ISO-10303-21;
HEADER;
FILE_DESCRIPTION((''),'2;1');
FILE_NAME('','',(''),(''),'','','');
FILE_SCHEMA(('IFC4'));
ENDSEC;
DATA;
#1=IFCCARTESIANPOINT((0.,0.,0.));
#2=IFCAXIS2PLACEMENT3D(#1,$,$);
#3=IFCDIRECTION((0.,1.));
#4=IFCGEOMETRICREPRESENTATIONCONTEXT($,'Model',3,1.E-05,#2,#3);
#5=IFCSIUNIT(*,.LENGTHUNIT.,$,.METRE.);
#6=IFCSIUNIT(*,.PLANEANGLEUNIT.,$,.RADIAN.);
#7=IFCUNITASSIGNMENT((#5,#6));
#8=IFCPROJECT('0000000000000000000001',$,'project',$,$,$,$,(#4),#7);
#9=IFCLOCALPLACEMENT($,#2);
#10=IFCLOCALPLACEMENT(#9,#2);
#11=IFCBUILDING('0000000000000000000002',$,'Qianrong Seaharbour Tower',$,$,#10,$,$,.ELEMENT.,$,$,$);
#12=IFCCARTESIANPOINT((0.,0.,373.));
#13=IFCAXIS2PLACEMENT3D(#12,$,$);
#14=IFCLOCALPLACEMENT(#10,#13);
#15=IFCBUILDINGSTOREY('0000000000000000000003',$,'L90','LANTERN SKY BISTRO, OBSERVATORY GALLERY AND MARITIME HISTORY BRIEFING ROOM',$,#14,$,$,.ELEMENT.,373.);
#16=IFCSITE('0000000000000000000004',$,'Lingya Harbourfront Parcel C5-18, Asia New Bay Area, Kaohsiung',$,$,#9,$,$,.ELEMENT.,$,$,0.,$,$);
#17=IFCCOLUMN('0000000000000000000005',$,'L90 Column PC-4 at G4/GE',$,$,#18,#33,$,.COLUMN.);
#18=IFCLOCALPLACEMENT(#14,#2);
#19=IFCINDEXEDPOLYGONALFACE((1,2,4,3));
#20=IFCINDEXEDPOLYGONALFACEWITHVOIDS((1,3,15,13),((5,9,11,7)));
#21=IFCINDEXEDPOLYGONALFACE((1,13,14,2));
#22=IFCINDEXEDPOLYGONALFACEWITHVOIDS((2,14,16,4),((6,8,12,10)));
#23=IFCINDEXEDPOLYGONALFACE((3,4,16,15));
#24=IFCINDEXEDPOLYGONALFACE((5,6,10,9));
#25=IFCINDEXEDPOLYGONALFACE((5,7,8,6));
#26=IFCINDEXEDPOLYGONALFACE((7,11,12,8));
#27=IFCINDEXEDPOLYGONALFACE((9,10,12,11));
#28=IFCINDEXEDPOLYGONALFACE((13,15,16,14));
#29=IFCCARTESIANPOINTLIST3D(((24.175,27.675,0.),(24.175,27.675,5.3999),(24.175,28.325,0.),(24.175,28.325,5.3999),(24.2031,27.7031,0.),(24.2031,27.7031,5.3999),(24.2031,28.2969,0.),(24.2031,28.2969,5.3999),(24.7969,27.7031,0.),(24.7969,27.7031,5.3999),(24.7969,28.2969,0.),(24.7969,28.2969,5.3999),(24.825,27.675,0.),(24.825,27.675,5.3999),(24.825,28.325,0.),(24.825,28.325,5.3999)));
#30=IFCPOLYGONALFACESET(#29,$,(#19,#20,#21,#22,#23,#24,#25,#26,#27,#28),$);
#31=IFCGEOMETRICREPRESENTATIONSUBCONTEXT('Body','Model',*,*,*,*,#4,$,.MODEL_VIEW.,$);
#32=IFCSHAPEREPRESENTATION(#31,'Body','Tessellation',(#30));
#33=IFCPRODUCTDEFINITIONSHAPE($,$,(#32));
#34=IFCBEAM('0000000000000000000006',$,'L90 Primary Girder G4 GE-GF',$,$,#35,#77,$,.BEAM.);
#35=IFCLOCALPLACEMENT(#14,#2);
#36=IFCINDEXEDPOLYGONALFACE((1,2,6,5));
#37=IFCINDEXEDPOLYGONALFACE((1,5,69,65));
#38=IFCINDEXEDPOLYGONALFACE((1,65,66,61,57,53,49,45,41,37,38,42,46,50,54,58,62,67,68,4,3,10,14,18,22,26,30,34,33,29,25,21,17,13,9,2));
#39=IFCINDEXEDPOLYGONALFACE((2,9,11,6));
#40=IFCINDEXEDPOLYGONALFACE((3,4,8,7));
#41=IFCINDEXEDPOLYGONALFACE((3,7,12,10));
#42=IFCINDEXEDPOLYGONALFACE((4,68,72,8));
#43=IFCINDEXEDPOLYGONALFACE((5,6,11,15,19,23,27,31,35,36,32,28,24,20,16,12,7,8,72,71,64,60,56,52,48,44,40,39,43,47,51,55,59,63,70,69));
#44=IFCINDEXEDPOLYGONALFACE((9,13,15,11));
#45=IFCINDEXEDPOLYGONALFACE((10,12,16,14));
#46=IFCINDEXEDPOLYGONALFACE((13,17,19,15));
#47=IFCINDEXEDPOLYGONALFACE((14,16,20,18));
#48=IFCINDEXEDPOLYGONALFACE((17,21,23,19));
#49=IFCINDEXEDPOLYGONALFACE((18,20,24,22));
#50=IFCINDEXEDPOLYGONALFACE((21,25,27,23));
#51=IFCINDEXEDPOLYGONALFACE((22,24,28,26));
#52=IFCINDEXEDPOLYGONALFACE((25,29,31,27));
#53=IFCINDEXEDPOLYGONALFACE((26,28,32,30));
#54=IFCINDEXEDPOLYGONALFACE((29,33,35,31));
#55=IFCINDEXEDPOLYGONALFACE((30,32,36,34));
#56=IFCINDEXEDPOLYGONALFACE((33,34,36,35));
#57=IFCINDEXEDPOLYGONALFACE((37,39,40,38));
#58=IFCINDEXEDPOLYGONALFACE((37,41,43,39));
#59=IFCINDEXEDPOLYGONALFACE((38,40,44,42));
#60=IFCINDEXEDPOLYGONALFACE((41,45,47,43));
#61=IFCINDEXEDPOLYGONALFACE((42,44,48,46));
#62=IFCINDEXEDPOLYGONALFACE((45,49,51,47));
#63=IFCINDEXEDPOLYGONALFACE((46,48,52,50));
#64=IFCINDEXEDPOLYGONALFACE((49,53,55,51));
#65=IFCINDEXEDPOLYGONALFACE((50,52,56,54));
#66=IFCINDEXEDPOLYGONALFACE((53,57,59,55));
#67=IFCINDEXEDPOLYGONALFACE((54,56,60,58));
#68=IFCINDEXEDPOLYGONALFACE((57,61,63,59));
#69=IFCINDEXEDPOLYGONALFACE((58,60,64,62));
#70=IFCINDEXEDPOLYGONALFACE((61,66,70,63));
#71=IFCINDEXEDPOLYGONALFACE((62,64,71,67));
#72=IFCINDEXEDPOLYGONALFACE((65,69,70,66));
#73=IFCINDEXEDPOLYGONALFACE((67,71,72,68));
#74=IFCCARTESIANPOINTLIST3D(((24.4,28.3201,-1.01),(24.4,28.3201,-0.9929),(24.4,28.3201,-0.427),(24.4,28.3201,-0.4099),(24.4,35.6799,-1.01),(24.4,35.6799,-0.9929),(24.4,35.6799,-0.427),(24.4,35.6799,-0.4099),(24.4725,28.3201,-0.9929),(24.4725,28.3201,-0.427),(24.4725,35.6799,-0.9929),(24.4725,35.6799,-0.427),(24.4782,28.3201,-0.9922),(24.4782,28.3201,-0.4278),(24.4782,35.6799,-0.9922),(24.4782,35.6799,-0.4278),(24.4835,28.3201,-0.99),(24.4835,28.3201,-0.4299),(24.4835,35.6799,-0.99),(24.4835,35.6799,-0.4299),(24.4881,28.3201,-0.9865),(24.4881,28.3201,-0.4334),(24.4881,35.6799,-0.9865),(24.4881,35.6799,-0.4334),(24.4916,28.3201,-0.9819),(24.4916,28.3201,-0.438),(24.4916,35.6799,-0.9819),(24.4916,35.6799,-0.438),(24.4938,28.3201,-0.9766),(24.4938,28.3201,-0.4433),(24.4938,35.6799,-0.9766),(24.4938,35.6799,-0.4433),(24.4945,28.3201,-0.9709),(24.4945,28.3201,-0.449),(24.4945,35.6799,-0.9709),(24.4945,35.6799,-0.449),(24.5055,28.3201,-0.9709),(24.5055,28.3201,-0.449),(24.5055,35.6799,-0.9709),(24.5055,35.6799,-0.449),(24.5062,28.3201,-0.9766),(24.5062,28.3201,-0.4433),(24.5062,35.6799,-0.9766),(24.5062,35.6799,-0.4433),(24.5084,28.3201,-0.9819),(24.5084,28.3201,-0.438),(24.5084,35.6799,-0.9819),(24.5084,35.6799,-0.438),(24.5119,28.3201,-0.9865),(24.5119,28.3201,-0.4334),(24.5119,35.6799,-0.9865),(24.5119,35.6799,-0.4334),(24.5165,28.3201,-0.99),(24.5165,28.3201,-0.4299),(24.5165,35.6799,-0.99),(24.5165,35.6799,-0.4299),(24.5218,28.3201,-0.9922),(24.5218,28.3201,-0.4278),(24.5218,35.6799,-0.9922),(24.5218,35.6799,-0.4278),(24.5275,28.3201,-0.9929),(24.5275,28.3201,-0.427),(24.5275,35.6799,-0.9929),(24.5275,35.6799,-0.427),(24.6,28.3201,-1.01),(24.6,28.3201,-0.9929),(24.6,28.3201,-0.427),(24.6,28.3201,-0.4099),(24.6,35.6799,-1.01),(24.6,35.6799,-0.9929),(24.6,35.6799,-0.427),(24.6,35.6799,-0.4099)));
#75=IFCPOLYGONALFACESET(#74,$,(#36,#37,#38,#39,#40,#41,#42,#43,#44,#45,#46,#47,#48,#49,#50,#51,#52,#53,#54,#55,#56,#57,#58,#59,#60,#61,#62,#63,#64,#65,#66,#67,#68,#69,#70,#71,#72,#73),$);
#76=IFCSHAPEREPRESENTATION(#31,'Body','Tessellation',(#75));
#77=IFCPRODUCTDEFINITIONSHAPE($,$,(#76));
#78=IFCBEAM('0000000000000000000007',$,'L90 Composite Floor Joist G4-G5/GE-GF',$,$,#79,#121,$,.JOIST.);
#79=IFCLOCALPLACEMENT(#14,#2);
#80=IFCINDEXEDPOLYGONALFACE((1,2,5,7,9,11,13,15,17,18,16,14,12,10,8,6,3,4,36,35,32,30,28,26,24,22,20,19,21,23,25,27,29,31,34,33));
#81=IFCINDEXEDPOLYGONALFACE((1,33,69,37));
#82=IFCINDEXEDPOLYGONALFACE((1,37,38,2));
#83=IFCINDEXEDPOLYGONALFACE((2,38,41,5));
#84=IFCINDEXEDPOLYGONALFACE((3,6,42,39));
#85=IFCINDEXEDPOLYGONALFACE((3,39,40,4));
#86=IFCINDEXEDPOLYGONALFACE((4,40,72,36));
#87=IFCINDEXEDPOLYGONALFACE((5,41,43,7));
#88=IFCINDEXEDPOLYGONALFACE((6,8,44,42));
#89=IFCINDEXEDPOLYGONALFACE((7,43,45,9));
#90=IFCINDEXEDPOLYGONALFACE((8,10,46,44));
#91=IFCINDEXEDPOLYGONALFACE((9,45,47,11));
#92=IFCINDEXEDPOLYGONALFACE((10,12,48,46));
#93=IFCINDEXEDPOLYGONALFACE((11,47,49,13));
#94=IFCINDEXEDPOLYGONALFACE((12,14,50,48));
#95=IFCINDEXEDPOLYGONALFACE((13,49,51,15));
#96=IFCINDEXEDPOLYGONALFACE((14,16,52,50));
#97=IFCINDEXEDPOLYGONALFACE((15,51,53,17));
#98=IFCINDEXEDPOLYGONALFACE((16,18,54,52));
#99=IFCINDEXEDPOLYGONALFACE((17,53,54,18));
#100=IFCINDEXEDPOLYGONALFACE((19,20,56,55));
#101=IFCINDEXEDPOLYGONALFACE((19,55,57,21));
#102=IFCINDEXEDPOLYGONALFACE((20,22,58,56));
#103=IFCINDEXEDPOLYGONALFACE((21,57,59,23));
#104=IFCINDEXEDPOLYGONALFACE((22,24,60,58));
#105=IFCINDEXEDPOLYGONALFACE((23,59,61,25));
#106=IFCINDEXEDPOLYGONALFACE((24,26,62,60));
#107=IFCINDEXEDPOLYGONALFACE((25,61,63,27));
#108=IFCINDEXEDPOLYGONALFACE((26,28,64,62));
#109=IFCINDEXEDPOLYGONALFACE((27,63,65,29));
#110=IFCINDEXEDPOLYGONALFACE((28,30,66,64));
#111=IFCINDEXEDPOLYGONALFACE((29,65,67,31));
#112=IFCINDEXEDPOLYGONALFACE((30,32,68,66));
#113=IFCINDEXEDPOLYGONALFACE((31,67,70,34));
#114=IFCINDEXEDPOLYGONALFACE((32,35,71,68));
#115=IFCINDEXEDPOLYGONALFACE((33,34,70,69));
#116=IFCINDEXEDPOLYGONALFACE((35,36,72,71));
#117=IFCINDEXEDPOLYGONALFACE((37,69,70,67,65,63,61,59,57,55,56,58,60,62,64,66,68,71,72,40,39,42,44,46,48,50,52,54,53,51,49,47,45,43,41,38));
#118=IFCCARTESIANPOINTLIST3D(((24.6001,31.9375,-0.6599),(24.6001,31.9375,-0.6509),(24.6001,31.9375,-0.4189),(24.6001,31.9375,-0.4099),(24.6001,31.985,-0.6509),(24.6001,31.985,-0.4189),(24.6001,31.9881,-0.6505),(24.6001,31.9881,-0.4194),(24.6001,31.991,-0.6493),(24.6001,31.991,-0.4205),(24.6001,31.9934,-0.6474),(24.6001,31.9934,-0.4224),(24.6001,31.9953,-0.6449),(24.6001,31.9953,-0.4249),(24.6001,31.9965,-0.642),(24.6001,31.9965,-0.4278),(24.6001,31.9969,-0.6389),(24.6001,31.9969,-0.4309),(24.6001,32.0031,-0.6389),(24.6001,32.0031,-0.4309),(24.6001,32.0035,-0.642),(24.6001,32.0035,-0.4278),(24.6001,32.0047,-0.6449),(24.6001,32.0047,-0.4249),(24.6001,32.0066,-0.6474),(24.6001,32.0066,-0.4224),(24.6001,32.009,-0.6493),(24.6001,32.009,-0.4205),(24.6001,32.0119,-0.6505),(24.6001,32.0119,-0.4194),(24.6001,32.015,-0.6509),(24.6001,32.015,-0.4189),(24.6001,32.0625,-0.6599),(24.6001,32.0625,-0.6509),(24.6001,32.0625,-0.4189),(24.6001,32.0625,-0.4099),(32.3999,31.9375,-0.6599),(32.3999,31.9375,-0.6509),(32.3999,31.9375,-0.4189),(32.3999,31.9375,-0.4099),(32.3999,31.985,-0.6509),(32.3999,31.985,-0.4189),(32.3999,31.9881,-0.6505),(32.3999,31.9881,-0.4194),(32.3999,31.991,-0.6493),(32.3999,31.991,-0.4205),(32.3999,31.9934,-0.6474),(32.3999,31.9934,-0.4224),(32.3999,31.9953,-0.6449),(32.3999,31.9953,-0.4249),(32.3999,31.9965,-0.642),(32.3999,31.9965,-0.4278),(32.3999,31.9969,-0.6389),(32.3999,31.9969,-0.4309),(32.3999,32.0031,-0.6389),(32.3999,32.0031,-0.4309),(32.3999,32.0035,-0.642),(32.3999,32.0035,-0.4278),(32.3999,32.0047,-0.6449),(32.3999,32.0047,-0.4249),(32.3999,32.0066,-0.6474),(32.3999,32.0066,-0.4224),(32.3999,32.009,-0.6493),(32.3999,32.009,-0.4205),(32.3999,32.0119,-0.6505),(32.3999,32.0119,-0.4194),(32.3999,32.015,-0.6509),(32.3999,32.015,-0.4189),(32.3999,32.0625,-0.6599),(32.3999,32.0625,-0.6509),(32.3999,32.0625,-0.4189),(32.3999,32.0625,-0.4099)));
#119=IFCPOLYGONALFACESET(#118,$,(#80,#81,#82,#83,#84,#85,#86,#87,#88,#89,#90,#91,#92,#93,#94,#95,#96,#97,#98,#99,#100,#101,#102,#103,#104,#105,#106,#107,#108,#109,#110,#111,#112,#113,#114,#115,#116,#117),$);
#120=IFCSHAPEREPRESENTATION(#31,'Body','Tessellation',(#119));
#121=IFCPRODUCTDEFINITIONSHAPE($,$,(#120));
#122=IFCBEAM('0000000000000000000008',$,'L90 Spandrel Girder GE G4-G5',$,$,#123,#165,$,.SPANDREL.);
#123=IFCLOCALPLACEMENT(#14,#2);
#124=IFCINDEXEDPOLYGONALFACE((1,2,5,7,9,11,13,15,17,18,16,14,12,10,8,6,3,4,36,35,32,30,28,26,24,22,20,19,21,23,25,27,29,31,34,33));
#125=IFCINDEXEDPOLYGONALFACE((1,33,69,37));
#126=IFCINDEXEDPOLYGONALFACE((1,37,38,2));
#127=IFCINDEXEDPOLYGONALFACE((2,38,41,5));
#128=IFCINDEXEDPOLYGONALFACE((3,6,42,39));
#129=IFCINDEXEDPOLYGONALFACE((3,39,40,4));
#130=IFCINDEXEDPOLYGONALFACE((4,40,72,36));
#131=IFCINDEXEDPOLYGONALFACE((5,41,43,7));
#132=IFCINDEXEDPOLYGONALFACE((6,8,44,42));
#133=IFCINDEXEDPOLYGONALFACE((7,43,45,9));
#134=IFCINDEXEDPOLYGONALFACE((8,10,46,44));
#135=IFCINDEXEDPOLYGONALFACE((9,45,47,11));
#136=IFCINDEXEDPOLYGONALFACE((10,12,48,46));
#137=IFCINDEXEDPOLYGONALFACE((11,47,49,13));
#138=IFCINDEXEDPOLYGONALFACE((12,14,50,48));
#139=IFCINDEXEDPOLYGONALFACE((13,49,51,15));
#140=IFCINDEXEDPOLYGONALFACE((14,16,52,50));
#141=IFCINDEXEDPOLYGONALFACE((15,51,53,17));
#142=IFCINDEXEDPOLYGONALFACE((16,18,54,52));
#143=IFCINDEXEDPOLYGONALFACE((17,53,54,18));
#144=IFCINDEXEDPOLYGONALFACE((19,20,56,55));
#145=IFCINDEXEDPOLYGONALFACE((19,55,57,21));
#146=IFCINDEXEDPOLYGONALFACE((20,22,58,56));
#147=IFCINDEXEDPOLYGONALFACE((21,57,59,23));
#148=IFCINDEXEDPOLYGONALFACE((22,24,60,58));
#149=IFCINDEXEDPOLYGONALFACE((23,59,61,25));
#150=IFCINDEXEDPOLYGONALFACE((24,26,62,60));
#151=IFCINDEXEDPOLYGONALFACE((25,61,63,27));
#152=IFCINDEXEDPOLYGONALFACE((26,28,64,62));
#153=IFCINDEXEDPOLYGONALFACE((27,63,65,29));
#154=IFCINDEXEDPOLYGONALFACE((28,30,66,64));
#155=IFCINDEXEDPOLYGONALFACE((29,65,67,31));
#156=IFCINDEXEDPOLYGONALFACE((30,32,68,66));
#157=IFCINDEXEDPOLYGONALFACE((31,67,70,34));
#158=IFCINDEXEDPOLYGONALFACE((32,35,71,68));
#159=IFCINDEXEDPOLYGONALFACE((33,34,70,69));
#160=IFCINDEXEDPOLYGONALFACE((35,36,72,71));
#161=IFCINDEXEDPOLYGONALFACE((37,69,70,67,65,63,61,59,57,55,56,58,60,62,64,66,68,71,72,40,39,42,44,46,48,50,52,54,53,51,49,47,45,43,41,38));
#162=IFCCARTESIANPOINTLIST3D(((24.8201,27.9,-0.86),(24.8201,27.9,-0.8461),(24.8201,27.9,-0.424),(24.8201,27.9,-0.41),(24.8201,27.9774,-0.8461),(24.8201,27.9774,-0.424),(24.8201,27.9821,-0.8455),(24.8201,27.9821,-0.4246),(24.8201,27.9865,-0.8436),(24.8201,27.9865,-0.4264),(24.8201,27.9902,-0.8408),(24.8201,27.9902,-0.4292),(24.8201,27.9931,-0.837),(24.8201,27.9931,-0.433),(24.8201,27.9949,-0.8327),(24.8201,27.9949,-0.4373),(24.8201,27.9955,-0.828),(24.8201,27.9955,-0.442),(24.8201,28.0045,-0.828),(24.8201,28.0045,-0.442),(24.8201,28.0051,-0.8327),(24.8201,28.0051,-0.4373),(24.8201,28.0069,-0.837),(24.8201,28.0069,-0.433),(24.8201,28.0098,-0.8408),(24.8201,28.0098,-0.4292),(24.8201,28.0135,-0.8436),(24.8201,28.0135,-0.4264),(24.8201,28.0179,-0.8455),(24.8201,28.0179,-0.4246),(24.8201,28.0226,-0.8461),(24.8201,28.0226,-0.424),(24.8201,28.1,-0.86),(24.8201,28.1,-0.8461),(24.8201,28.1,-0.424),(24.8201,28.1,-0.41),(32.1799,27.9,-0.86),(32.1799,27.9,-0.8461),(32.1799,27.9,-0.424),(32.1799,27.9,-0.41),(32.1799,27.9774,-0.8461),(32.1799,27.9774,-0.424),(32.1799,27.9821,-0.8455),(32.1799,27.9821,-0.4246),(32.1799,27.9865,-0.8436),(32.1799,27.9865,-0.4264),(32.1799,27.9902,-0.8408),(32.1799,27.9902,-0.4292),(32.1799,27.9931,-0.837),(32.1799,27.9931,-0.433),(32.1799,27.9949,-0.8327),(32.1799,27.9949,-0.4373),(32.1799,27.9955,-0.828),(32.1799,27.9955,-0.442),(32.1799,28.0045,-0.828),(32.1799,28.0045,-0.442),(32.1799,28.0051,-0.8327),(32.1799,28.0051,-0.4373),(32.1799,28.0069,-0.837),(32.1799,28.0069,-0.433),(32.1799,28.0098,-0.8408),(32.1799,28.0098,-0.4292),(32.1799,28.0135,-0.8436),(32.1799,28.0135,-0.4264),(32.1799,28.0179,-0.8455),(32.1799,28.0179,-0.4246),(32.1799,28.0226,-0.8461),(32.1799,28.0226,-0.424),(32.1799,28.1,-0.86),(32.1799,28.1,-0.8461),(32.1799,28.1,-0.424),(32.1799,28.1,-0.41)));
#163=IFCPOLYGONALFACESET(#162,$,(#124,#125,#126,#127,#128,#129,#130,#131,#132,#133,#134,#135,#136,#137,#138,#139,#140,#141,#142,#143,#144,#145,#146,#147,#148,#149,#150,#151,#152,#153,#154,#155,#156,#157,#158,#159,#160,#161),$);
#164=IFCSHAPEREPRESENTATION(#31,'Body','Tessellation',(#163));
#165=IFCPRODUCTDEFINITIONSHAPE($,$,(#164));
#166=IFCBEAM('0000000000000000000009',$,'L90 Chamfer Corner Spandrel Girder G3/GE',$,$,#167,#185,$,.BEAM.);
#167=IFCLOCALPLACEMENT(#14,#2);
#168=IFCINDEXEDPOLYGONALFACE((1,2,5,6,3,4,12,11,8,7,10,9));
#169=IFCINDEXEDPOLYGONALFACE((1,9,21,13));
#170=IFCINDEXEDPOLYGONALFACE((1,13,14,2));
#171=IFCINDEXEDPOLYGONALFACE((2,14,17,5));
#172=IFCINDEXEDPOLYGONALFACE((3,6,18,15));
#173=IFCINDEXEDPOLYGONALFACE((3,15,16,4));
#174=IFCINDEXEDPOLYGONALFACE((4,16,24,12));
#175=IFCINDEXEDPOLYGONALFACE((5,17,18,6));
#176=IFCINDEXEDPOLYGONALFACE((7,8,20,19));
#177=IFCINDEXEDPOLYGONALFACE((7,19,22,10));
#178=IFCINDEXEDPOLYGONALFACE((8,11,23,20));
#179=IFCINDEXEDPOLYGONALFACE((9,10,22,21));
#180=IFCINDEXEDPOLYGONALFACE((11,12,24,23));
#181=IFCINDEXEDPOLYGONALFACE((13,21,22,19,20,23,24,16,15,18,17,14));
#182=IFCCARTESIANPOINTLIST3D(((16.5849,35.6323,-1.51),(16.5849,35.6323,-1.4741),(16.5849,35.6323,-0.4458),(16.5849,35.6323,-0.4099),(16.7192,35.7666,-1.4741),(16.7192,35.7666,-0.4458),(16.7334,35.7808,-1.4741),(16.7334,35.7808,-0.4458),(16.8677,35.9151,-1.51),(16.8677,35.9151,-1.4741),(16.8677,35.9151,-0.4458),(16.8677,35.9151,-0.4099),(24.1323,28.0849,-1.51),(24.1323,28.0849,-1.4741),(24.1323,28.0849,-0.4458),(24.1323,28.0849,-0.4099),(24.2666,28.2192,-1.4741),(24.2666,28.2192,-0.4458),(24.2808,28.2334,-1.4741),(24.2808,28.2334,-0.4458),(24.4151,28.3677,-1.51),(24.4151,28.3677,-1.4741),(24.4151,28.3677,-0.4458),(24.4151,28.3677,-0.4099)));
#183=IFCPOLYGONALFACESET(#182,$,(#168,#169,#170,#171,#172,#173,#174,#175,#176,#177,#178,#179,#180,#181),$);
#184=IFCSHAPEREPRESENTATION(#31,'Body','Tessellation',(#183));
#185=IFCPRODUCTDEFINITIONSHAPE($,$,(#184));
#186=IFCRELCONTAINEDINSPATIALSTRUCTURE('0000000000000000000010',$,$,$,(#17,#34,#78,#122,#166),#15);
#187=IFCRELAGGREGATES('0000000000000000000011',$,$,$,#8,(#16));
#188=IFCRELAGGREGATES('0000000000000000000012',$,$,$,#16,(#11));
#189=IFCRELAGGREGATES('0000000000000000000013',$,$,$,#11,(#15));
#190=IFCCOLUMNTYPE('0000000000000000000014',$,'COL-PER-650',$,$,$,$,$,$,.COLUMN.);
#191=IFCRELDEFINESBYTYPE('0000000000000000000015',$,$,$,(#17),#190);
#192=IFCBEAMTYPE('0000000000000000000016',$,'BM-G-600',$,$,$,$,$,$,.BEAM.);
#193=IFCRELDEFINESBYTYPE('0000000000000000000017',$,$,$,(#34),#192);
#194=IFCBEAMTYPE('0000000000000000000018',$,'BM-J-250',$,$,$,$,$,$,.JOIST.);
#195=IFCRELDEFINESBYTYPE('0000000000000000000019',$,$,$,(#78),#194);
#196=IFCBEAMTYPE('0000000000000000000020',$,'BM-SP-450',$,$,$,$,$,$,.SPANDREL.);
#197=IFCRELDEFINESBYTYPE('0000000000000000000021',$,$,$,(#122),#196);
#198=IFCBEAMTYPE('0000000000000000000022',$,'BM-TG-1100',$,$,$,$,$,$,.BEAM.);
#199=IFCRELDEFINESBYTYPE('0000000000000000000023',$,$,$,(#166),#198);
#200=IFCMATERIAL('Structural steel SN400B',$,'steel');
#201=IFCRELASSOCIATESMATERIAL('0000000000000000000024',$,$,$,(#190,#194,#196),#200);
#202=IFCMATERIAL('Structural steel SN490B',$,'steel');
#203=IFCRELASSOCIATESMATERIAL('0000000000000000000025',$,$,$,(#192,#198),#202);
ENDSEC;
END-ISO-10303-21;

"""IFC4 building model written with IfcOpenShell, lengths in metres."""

from ifc_helpers import new_model, si_unit, direction, frame, origin, origin_2d, place, context, subcontext, project, spatial, hollow_rectangle, i_section, extrude, material, material_profile, profile_set, type_object, element, save


model = new_model("IFC4")

# Units and contexts
model_context = context("Model", 3, precision=1e-05, world=origin(), true_north=direction((0.0, 1.0)))
body_context = subcontext(model_context, "Body", "Model", "MODEL_VIEW")
ifc_project = project(units=[si_unit("LENGTHUNIT", "METRE"), si_unit("PLANEANGLEUNIT", "RADIAN")], contexts=[model_context])

# Site, building, storey
site_placement = place(None, origin())
site = spatial("IfcSite", under=ifc_project, at=site_placement, Name="Lingya Harbourfront Parcel C5-18, Asia New Bay Area, Kaohsiung", CompositionType="ELEMENT", RefElevation=0.0)
building_placement = place(site_placement, origin())
building = spatial("IfcBuilding", under=site, at=building_placement, Name="Qianrong Seaharbour Tower", CompositionType="ELEMENT")
storey_placement = place(building_placement, frame((0.0, 0.0, 373.0)))
storey = spatial("IfcBuildingStorey", under=building, at=storey_placement, Name="L90", Description="LANTERN SKY BISTRO, OBSERVATORY GALLERY AND MARITIME HISTORY BRIEFING ROOM", CompositionType="ELEMENT", Elevation=373.0)

# Column
ifc_material_1 = material(Name="Structural steel SN400B", Category="steel")
ifc_material_profile_1 = material_profile(ifc_material_1, hollow_rectangle(XDim=0.6499, YDim=0.6499, WallThickness=0.0281, at=origin_2d()), Name="BOX650x650x28")
ifc_profile_set_1 = profile_set([ifc_material_profile_1], Name="Structural steel SN400B")
column_type = type_object("IfcColumnType", Name="COL-PER-650", PredefinedType="COLUMN", material=ifc_profile_set_1)
column_placement = place(storey_placement, frame((24.5, 28.0, 0.0), z_axis=(0.0, 0.0, 1.0), x_axis=(1.0, 0.0, 0.0)))
element("IfcColumn", 1, at=column_placement, inside=storey, type_object=column_type, Name="L90 Column PC-4 at G4/GE", PredefinedType="COLUMN", context=body_context, shape_type="SweptSolid", body=[
    extrude(hollow_rectangle(XDim=0.6499, YDim=0.6499, WallThickness=0.0281, at=origin_2d()), origin(), (0.0, 0.0, 1.0), 5.3999),
])

# Beams
ifc_material_2 = material(Name="Structural steel SN490B", Category="steel")
ifc_material_profile_2 = material_profile(ifc_material_2, i_section(OverallWidth=0.2, OverallDepth=0.6001, WebThickness=0.011, FlangeThickness=0.0171, FilletRadius=0.022, at=origin_2d()), Name="H600x200x11x17")
ifc_profile_set_2 = profile_set([ifc_material_profile_2], Name="Structural steel SN490B")
beam_type_1 = type_object("IfcBeamType", Name="BM-G-600", PredefinedType="BEAM", material=ifc_profile_set_2)
beam_1_placement = place(storey_placement, frame((24.5, 28.3201, -0.71), z_axis=(0.0, 1.0, 0.0), x_axis=(-1.0, 0.0, 0.0)))
element("IfcBeam", 2, at=beam_1_placement, inside=storey, type_object=beam_type_1, Name="L90 Primary Girder G4 GE-GF", PredefinedType="BEAM", context=body_context, shape_type="SweptSolid", body=[
    extrude(i_section(OverallWidth=0.2, OverallDepth=0.6001, WebThickness=0.011, FlangeThickness=0.0171, FilletRadius=0.022, at=origin_2d()), origin(), (0.0, 0.0, 1.0), 7.3599),
])
ifc_material_profile_3 = material_profile(ifc_material_1, i_section(OverallWidth=0.125, OverallDepth=0.25, WebThickness=0.0061, FlangeThickness=0.009, FilletRadius=0.012, at=origin_2d()), Name="H250x125x6x9")
ifc_profile_set_3 = profile_set([ifc_material_profile_3], Name="Structural steel SN400B")
beam_type_2 = type_object("IfcBeamType", Name="BM-J-250", PredefinedType="JOIST", material=ifc_profile_set_3)
beam_2_placement = place(storey_placement, frame((24.6001, 32.0, -0.5349), z_axis=(1.0, 0.0, 0.0), x_axis=(0.0, 1.0, 0.0)))
element("IfcBeam", 3, at=beam_2_placement, inside=storey, type_object=beam_type_2, Name="L90 Composite Floor Joist G4-G5/GE-GF", PredefinedType="JOIST", context=body_context, shape_type="SweptSolid", body=[
    extrude(i_section(OverallWidth=0.125, OverallDepth=0.25, WebThickness=0.0061, FlangeThickness=0.009, FilletRadius=0.012, at=origin_2d()), origin(), (0.0, 0.0, 1.0), 7.7998),
])
ifc_material_profile_4 = material_profile(ifc_material_1, i_section(OverallWidth=0.2, OverallDepth=0.45, WebThickness=0.009, FlangeThickness=0.0139, FilletRadius=0.0181, at=origin_2d()), Name="H450x200x9x14")
ifc_profile_set_4 = profile_set([ifc_material_profile_4], Name="Structural steel SN400B")
beam_type_3 = type_object("IfcBeamType", Name="BM-SP-450", PredefinedType="SPANDREL", material=ifc_profile_set_4)
beam_3_placement = place(storey_placement, frame((24.8201, 28.0, -0.635), z_axis=(1.0, 0.0, 0.0), x_axis=(0.0, 1.0, 0.0)))
element("IfcBeam", 4, at=beam_3_placement, inside=storey, type_object=beam_type_3, Name="L90 Spandrel Girder GE G4-G5", PredefinedType="SPANDREL", context=body_context, shape_type="SweptSolid", body=[
    extrude(i_section(OverallWidth=0.2, OverallDepth=0.45, WebThickness=0.009, FlangeThickness=0.0139, FilletRadius=0.0181, at=origin_2d()), origin(), (0.0, 0.0, 1.0), 7.3599),
])
ifc_material_profile_5 = material_profile(ifc_material_2, i_section(OverallWidth=0.3999, OverallDepth=1.1001, WebThickness=0.02, FlangeThickness=0.0359, at=origin_2d()), Name="BH1100x400x20x36")
ifc_profile_set_5 = profile_set([ifc_material_profile_5], Name="Structural steel SN490B")
beam_type_4 = type_object("IfcBeamType", Name="BM-TG-1100", PredefinedType="BEAM", material=ifc_profile_set_5)
beam_4_placement = place(storey_placement, frame((24.2737, 28.2263, -0.96), z_axis=(-0.707107, 0.707107, 0.0), x_axis=(-0.707107, -0.707107, 0.0)))
element("IfcBeam", 5, at=beam_4_placement, inside=storey, type_object=beam_type_4, Name="L90 Chamfer Corner Spandrel Girder G3/GE", PredefinedType="BEAM", context=body_context, shape_type="SweptSolid", body=[
    extrude(i_section(OverallWidth=0.3999, OverallDepth=1.1001, WebThickness=0.02, FlangeThickness=0.0359, at=origin_2d()), origin(), (0.0, 0.0, 1.0), 10.6736),
])

save(model, "model.ifc")
